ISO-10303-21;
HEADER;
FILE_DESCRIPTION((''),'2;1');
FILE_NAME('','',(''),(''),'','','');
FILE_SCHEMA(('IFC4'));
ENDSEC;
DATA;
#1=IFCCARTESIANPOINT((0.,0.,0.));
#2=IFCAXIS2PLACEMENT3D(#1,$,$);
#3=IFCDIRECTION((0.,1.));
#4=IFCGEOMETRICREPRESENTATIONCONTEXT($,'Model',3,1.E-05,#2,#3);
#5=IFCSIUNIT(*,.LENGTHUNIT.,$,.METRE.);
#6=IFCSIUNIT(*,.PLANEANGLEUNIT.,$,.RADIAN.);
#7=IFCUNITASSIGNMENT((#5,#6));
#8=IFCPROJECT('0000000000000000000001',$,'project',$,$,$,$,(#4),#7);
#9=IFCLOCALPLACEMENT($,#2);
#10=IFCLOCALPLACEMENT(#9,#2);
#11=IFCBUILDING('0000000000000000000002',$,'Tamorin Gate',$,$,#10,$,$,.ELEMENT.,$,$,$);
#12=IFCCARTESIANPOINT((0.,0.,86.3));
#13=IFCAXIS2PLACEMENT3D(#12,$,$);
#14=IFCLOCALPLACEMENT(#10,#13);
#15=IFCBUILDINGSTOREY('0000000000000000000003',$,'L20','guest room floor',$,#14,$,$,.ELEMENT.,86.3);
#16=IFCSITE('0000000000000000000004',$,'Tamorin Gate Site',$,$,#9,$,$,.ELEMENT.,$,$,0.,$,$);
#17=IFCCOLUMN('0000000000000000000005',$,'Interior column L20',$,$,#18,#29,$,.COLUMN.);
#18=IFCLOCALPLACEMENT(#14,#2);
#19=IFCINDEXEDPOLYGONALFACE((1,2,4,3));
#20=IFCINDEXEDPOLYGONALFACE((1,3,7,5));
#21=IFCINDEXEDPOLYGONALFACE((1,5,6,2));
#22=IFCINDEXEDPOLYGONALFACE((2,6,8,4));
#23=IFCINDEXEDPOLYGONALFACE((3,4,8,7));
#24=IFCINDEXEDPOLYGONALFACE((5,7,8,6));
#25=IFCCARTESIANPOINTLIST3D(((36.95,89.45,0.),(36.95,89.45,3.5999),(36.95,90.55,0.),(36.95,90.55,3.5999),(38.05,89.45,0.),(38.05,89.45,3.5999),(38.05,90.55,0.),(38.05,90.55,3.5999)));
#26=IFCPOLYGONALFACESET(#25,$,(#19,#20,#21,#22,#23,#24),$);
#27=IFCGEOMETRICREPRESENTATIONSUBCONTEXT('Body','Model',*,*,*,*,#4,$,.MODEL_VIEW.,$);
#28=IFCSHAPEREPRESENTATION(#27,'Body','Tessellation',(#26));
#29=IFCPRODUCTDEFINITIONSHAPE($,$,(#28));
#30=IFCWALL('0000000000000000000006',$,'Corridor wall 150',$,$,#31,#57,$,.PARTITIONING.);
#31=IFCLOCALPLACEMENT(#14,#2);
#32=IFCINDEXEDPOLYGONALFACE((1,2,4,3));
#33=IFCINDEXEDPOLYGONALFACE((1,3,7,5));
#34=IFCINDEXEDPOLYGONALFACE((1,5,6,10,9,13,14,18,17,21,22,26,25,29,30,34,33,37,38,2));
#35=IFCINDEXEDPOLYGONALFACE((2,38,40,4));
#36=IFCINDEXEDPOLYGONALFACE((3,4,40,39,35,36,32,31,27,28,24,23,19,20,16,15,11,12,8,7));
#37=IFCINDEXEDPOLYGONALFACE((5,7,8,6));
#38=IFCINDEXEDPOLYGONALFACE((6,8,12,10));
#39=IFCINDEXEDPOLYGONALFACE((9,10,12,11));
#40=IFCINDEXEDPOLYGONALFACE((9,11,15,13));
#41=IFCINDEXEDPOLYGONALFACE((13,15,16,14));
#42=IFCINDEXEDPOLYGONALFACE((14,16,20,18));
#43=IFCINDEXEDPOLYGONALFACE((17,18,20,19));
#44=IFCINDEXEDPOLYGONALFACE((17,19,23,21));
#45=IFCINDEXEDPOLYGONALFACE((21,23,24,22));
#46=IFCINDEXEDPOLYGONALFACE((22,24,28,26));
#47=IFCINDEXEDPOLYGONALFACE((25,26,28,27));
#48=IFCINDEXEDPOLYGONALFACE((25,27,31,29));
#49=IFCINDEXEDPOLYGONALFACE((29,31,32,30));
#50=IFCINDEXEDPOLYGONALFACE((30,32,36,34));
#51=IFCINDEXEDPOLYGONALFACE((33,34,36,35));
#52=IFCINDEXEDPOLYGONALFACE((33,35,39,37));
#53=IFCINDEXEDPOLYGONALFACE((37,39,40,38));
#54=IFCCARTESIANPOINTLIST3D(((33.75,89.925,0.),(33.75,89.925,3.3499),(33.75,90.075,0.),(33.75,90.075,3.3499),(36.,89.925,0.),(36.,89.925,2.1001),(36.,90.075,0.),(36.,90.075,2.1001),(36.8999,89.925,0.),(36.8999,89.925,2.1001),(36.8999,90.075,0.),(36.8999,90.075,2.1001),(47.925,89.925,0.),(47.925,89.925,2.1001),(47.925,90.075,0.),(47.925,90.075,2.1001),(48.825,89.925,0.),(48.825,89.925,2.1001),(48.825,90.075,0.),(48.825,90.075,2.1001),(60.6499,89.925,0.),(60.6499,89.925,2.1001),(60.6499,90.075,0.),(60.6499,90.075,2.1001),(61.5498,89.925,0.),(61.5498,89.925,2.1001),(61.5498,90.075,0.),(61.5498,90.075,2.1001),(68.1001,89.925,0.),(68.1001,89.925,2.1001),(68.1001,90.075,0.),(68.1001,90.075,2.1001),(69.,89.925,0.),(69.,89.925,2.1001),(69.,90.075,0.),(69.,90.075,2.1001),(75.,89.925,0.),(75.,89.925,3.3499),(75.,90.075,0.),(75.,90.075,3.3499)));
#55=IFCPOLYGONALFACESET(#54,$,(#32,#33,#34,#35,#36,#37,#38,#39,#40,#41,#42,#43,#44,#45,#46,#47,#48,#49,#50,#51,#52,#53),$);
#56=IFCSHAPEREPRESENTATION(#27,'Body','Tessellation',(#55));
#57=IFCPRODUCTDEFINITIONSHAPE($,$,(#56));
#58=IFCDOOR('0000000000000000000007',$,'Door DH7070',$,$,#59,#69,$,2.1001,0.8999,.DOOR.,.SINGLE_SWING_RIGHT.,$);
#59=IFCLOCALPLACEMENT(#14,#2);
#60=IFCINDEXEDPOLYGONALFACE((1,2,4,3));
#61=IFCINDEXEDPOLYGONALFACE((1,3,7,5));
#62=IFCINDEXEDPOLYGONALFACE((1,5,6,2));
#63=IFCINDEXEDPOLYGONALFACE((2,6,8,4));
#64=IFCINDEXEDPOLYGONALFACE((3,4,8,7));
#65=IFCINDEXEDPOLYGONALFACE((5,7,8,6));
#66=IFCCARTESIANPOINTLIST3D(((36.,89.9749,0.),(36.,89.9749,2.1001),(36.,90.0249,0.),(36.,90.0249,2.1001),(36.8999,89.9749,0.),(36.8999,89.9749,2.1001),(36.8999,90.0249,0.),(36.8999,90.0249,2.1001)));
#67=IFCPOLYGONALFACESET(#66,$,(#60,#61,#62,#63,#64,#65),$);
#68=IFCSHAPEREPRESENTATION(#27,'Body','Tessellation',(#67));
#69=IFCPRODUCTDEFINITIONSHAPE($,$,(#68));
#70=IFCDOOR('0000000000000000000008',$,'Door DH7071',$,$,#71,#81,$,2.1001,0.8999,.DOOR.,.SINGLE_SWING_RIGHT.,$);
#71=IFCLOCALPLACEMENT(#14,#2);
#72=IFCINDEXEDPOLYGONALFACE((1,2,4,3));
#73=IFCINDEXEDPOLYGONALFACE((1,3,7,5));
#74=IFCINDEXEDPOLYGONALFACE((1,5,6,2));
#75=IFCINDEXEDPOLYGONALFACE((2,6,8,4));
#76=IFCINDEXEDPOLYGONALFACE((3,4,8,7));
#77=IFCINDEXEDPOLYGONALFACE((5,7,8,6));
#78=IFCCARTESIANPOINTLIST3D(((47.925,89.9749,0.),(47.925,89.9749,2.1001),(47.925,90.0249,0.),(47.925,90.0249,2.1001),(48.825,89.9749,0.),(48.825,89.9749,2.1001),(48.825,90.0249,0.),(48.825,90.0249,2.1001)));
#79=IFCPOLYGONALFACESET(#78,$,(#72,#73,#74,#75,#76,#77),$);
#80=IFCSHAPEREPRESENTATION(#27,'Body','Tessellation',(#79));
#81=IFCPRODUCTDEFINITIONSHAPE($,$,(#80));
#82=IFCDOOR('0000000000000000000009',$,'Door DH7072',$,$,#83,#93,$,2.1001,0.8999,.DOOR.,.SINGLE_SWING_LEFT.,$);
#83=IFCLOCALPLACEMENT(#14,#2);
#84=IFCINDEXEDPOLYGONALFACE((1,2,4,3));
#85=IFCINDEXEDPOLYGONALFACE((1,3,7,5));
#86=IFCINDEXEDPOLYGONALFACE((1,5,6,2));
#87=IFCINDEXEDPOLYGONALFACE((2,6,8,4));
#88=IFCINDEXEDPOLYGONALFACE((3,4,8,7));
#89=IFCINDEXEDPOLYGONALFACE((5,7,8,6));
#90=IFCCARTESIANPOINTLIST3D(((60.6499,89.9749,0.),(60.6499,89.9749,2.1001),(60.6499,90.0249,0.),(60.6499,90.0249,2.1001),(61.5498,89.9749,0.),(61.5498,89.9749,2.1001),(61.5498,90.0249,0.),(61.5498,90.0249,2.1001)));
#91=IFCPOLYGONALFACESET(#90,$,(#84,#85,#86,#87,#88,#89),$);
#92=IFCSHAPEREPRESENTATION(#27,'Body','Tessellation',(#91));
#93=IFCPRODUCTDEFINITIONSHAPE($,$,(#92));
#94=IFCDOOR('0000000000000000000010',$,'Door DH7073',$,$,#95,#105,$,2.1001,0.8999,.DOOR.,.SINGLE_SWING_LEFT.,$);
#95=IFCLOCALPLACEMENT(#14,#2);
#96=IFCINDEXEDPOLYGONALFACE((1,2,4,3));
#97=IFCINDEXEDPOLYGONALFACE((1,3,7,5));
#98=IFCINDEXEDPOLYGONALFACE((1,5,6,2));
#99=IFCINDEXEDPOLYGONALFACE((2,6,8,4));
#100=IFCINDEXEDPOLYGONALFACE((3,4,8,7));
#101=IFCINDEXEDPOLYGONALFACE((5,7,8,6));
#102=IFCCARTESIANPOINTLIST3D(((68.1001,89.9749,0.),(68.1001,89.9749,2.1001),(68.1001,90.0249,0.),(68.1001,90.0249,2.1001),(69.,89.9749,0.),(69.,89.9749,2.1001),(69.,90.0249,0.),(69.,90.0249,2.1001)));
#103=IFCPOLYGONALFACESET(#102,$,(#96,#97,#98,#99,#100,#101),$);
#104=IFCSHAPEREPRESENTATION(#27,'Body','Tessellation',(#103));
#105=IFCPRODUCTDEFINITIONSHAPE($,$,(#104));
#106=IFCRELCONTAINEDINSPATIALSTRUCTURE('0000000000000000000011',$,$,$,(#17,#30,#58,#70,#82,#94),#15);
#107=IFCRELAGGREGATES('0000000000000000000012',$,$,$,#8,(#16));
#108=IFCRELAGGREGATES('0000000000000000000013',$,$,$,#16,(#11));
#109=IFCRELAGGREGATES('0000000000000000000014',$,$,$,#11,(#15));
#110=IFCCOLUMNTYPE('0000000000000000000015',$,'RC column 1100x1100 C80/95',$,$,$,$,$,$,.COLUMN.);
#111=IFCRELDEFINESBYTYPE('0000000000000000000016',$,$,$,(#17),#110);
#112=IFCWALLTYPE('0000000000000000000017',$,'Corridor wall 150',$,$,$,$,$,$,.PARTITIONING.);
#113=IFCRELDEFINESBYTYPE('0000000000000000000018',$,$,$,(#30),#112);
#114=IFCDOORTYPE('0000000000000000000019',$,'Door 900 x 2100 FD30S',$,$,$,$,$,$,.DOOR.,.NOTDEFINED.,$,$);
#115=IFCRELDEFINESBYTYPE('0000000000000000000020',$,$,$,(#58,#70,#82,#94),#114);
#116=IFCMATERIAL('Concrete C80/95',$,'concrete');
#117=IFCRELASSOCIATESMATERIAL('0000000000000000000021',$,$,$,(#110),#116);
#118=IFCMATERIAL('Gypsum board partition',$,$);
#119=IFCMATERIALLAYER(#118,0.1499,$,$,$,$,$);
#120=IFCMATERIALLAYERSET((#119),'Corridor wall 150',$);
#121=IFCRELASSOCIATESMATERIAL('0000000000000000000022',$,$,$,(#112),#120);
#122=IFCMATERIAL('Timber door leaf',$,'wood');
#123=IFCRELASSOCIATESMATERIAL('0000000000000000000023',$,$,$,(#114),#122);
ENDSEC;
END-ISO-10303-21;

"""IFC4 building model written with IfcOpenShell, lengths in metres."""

from ifc_helpers import new_model, si_unit, direction, frame, frame_2d, origin, origin_2d, place, context, subcontext, project, spatial, rectangle, extrude, material, layer, layer_set, material_profile, profile_set, type_object, element, fill, save


model = new_model("IFC4")

# Units and contexts
model_context = context("Model", 3, precision=1e-05, world=origin(), true_north=direction((0.0, 1.0)))
body_context = subcontext(model_context, "Body", "Model", "MODEL_VIEW")
ifc_project = project(units=[si_unit("LENGTHUNIT", "METRE"), si_unit("PLANEANGLEUNIT", "RADIAN")], contexts=[model_context])

# Site, building, storey
site_placement = place(None, origin())
site = spatial("IfcSite", under=ifc_project, at=site_placement, Name="Tamorin Gate Site", CompositionType="ELEMENT", RefElevation=0.0)
building_placement = place(site_placement, origin())
building = spatial("IfcBuilding", under=site, at=building_placement, Name="Tamorin Gate", CompositionType="ELEMENT")
storey_placement = place(building_placement, frame((0.0, 0.0, 86.3)))
storey = spatial("IfcBuildingStorey", under=building, at=storey_placement, Name="L20", Description="guest room floor", CompositionType="ELEMENT", Elevation=86.3)

# Column
ifc_material_1 = material(Name="Concrete C80/95", Category="concrete")
ifc_material_profile = material_profile(ifc_material_1, rectangle(XDim=1.1001, YDim=1.1001, at=origin_2d()), Name="RC 1100x1100")
ifc_profile_set = profile_set([ifc_material_profile], Name="Concrete C80/95")
column_type = type_object("IfcColumnType", Name="RC column 1100x1100 C80/95", PredefinedType="COLUMN", material=ifc_profile_set)
column_placement = place(storey_placement, frame((37.5, 90.0, 0.0), z_axis=(0.0, 0.0, 1.0), x_axis=(1.0, 0.0, 0.0)))
element("IfcColumn", 1, at=column_placement, inside=storey, type_object=column_type, Name="Interior column L20", PredefinedType="COLUMN", context=body_context, shape_type="SweptSolid", body=[
    extrude(rectangle(XDim=1.1001, YDim=1.1001, at=origin_2d()), origin(), (0.0, 0.0, 1.0), 3.5999),
])

# Wall, openings, doors
ifc_material_2 = material(Name="Gypsum board partition")
ifc_layer_1 = layer(ifc_material_2, 0.1499)
ifc_layer_set_1 = layer_set([ifc_layer_1], Name="Corridor wall 150")
wall_type_1 = type_object("IfcWallType", Name="Corridor wall 150", PredefinedType="PARTITIONING", material=ifc_layer_set_1)
wall_1_placement = place(storey_placement, frame((33.75, 90.0, 0.0), z_axis=(0.0, 0.0, 1.0), x_axis=(1.0, 0.0, 0.0)))
wall_1 = element("IfcWall", 2, at=wall_1_placement, inside=storey, type_object=wall_type_1, Name="Corridor wall 150", PredefinedType="PARTITIONING", context=body_context, shape_type="SweptSolid", body=[
    extrude(rectangle(XDim=41.25, YDim=0.1499, at=frame_2d((20.625, 0.0))), origin(), (0.0, 0.0, 1.0), 3.3499),
])
opening_1_placement = place(wall_1_placement, frame((2.25, 0.0, 0.0)))
opening_1 = element("IfcOpeningElement", 3, at=opening_1_placement, cuts=wall_1, PredefinedType="OPENING", context=body_context, shape_type="SweptSolid", body=[
    extrude(rectangle(XDim=0.8999, YDim=2.1001, at=frame_2d((0.45, 1.05))), frame((0.0, 0.085, 0.0), z_axis=(0.0, -1.0, 0.0), x_axis=(1.0, 0.0, 0.0)), (0.0, 0.0, 1.0), 0.1699),
])
opening_2_placement = place(wall_1_placement, frame((14.175, 0.0, 0.0)))
opening_2 = element("IfcOpeningElement", 4, at=opening_2_placement, cuts=wall_1, PredefinedType="OPENING", context=body_context, shape_type="SweptSolid", body=[
    extrude(rectangle(XDim=0.8999, YDim=2.1001, at=frame_2d((0.45, 1.05))), frame((0.0, 0.085, 0.0), z_axis=(0.0, -1.0, 0.0), x_axis=(1.0, 0.0, 0.0)), (0.0, 0.0, 1.0), 0.1699),
])
opening_3_placement = place(wall_1_placement, frame((26.8999, 0.0, 0.0)))
opening_3 = element("IfcOpeningElement", 5, at=opening_3_placement, cuts=wall_1, PredefinedType="OPENING", context=body_context, shape_type="SweptSolid", body=[
    extrude(rectangle(XDim=0.8999, YDim=2.1001, at=frame_2d((0.45, 1.05))), frame((0.0, 0.085, 0.0), z_axis=(0.0, -1.0, 0.0), x_axis=(1.0, 0.0, 0.0)), (0.0, 0.0, 1.0), 0.1699),
])
opening_4_placement = place(wall_1_placement, frame((34.3501, 0.0, 0.0)))
opening_4 = element("IfcOpeningElement", 6, at=opening_4_placement, cuts=wall_1, PredefinedType="OPENING", context=body_context, shape_type="SweptSolid", body=[
    extrude(rectangle(XDim=0.8999, YDim=2.1001, at=frame_2d((0.45, 1.05))), frame((0.0, 0.085, 0.0), z_axis=(0.0, -1.0, 0.0), x_axis=(1.0, 0.0, 0.0)), (0.0, 0.0, 1.0), 0.1699),
])
ifc_material_3 = material(Name="Timber door leaf", Category="wood")
door_type_1 = type_object("IfcDoorType", Name="Door 900 x 2100 FD30S", OperationType="NOTDEFINED", PredefinedType="DOOR", material=ifc_material_3)
door_1_placement = place(opening_1_placement, origin())
door_1 = element("IfcDoor", 7, at=door_1_placement, inside=storey, type_object=door_type_1, Name="Door DH7070", OperationType="SINGLE_SWING_RIGHT", OverallHeight=2.1001, OverallWidth=0.8999, PredefinedType="DOOR", context=body_context, shape_type="SweptSolid", body=[
    extrude(rectangle(XDim=0.8999, YDim=2.1001, at=frame_2d((0.45, 1.05))), frame((0.0, 0.0249, 0.0), z_axis=(0.0, -1.0, 0.0), x_axis=(1.0, 0.0, 0.0)), (0.0, 0.0, 1.0), 0.05),
])
fill(opening_1, door_1)
door_2_placement = place(opening_2_placement, origin())
door_2 = element("IfcDoor", 8, at=door_2_placement, inside=storey, type_object=door_type_1, Name="Door DH7071", OperationType="SINGLE_SWING_RIGHT", OverallHeight=2.1001, OverallWidth=0.8999, PredefinedType="DOOR", context=body_context, shape_type="SweptSolid", body=[
    extrude(rectangle(XDim=0.8999, YDim=2.1001, at=frame_2d((0.45, 1.05))), frame((0.0, 0.0249, 0.0), z_axis=(0.0, -1.0, 0.0), x_axis=(1.0, 0.0, 0.0)), (0.0, 0.0, 1.0), 0.05),
])
fill(opening_2, door_2)
door_3_placement = place(opening_3_placement, origin())
door_3 = element("IfcDoor", 9, at=door_3_placement, inside=storey, type_object=door_type_1, Name="Door DH7072", OperationType="SINGLE_SWING_LEFT", OverallHeight=2.1001, OverallWidth=0.8999, PredefinedType="DOOR", context=body_context, shape_type="SweptSolid", body=[
    extrude(rectangle(XDim=0.8999, YDim=2.1001, at=frame_2d((0.45, 1.05))), frame((0.0, 0.0249, 0.0), z_axis=(0.0, -1.0, 0.0), x_axis=(1.0, 0.0, 0.0)), (0.0, 0.0, 1.0), 0.05),
])
fill(opening_3, door_3)
door_4_placement = place(opening_4_placement, origin())
door_4 = element("IfcDoor", 10, at=door_4_placement, inside=storey, type_object=door_type_1, Name="Door DH7073", OperationType="SINGLE_SWING_LEFT", OverallHeight=2.1001, OverallWidth=0.8999, PredefinedType="DOOR", context=body_context, shape_type="SweptSolid", body=[
    extrude(rectangle(XDim=0.8999, YDim=2.1001, at=frame_2d((0.45, 1.05))), frame((0.0, 0.0249, 0.0), z_axis=(0.0, -1.0, 0.0), x_axis=(1.0, 0.0, 0.0)), (0.0, 0.0, 1.0), 0.05),
])
fill(opening_4, door_4)

save(model, "model.ifc")
